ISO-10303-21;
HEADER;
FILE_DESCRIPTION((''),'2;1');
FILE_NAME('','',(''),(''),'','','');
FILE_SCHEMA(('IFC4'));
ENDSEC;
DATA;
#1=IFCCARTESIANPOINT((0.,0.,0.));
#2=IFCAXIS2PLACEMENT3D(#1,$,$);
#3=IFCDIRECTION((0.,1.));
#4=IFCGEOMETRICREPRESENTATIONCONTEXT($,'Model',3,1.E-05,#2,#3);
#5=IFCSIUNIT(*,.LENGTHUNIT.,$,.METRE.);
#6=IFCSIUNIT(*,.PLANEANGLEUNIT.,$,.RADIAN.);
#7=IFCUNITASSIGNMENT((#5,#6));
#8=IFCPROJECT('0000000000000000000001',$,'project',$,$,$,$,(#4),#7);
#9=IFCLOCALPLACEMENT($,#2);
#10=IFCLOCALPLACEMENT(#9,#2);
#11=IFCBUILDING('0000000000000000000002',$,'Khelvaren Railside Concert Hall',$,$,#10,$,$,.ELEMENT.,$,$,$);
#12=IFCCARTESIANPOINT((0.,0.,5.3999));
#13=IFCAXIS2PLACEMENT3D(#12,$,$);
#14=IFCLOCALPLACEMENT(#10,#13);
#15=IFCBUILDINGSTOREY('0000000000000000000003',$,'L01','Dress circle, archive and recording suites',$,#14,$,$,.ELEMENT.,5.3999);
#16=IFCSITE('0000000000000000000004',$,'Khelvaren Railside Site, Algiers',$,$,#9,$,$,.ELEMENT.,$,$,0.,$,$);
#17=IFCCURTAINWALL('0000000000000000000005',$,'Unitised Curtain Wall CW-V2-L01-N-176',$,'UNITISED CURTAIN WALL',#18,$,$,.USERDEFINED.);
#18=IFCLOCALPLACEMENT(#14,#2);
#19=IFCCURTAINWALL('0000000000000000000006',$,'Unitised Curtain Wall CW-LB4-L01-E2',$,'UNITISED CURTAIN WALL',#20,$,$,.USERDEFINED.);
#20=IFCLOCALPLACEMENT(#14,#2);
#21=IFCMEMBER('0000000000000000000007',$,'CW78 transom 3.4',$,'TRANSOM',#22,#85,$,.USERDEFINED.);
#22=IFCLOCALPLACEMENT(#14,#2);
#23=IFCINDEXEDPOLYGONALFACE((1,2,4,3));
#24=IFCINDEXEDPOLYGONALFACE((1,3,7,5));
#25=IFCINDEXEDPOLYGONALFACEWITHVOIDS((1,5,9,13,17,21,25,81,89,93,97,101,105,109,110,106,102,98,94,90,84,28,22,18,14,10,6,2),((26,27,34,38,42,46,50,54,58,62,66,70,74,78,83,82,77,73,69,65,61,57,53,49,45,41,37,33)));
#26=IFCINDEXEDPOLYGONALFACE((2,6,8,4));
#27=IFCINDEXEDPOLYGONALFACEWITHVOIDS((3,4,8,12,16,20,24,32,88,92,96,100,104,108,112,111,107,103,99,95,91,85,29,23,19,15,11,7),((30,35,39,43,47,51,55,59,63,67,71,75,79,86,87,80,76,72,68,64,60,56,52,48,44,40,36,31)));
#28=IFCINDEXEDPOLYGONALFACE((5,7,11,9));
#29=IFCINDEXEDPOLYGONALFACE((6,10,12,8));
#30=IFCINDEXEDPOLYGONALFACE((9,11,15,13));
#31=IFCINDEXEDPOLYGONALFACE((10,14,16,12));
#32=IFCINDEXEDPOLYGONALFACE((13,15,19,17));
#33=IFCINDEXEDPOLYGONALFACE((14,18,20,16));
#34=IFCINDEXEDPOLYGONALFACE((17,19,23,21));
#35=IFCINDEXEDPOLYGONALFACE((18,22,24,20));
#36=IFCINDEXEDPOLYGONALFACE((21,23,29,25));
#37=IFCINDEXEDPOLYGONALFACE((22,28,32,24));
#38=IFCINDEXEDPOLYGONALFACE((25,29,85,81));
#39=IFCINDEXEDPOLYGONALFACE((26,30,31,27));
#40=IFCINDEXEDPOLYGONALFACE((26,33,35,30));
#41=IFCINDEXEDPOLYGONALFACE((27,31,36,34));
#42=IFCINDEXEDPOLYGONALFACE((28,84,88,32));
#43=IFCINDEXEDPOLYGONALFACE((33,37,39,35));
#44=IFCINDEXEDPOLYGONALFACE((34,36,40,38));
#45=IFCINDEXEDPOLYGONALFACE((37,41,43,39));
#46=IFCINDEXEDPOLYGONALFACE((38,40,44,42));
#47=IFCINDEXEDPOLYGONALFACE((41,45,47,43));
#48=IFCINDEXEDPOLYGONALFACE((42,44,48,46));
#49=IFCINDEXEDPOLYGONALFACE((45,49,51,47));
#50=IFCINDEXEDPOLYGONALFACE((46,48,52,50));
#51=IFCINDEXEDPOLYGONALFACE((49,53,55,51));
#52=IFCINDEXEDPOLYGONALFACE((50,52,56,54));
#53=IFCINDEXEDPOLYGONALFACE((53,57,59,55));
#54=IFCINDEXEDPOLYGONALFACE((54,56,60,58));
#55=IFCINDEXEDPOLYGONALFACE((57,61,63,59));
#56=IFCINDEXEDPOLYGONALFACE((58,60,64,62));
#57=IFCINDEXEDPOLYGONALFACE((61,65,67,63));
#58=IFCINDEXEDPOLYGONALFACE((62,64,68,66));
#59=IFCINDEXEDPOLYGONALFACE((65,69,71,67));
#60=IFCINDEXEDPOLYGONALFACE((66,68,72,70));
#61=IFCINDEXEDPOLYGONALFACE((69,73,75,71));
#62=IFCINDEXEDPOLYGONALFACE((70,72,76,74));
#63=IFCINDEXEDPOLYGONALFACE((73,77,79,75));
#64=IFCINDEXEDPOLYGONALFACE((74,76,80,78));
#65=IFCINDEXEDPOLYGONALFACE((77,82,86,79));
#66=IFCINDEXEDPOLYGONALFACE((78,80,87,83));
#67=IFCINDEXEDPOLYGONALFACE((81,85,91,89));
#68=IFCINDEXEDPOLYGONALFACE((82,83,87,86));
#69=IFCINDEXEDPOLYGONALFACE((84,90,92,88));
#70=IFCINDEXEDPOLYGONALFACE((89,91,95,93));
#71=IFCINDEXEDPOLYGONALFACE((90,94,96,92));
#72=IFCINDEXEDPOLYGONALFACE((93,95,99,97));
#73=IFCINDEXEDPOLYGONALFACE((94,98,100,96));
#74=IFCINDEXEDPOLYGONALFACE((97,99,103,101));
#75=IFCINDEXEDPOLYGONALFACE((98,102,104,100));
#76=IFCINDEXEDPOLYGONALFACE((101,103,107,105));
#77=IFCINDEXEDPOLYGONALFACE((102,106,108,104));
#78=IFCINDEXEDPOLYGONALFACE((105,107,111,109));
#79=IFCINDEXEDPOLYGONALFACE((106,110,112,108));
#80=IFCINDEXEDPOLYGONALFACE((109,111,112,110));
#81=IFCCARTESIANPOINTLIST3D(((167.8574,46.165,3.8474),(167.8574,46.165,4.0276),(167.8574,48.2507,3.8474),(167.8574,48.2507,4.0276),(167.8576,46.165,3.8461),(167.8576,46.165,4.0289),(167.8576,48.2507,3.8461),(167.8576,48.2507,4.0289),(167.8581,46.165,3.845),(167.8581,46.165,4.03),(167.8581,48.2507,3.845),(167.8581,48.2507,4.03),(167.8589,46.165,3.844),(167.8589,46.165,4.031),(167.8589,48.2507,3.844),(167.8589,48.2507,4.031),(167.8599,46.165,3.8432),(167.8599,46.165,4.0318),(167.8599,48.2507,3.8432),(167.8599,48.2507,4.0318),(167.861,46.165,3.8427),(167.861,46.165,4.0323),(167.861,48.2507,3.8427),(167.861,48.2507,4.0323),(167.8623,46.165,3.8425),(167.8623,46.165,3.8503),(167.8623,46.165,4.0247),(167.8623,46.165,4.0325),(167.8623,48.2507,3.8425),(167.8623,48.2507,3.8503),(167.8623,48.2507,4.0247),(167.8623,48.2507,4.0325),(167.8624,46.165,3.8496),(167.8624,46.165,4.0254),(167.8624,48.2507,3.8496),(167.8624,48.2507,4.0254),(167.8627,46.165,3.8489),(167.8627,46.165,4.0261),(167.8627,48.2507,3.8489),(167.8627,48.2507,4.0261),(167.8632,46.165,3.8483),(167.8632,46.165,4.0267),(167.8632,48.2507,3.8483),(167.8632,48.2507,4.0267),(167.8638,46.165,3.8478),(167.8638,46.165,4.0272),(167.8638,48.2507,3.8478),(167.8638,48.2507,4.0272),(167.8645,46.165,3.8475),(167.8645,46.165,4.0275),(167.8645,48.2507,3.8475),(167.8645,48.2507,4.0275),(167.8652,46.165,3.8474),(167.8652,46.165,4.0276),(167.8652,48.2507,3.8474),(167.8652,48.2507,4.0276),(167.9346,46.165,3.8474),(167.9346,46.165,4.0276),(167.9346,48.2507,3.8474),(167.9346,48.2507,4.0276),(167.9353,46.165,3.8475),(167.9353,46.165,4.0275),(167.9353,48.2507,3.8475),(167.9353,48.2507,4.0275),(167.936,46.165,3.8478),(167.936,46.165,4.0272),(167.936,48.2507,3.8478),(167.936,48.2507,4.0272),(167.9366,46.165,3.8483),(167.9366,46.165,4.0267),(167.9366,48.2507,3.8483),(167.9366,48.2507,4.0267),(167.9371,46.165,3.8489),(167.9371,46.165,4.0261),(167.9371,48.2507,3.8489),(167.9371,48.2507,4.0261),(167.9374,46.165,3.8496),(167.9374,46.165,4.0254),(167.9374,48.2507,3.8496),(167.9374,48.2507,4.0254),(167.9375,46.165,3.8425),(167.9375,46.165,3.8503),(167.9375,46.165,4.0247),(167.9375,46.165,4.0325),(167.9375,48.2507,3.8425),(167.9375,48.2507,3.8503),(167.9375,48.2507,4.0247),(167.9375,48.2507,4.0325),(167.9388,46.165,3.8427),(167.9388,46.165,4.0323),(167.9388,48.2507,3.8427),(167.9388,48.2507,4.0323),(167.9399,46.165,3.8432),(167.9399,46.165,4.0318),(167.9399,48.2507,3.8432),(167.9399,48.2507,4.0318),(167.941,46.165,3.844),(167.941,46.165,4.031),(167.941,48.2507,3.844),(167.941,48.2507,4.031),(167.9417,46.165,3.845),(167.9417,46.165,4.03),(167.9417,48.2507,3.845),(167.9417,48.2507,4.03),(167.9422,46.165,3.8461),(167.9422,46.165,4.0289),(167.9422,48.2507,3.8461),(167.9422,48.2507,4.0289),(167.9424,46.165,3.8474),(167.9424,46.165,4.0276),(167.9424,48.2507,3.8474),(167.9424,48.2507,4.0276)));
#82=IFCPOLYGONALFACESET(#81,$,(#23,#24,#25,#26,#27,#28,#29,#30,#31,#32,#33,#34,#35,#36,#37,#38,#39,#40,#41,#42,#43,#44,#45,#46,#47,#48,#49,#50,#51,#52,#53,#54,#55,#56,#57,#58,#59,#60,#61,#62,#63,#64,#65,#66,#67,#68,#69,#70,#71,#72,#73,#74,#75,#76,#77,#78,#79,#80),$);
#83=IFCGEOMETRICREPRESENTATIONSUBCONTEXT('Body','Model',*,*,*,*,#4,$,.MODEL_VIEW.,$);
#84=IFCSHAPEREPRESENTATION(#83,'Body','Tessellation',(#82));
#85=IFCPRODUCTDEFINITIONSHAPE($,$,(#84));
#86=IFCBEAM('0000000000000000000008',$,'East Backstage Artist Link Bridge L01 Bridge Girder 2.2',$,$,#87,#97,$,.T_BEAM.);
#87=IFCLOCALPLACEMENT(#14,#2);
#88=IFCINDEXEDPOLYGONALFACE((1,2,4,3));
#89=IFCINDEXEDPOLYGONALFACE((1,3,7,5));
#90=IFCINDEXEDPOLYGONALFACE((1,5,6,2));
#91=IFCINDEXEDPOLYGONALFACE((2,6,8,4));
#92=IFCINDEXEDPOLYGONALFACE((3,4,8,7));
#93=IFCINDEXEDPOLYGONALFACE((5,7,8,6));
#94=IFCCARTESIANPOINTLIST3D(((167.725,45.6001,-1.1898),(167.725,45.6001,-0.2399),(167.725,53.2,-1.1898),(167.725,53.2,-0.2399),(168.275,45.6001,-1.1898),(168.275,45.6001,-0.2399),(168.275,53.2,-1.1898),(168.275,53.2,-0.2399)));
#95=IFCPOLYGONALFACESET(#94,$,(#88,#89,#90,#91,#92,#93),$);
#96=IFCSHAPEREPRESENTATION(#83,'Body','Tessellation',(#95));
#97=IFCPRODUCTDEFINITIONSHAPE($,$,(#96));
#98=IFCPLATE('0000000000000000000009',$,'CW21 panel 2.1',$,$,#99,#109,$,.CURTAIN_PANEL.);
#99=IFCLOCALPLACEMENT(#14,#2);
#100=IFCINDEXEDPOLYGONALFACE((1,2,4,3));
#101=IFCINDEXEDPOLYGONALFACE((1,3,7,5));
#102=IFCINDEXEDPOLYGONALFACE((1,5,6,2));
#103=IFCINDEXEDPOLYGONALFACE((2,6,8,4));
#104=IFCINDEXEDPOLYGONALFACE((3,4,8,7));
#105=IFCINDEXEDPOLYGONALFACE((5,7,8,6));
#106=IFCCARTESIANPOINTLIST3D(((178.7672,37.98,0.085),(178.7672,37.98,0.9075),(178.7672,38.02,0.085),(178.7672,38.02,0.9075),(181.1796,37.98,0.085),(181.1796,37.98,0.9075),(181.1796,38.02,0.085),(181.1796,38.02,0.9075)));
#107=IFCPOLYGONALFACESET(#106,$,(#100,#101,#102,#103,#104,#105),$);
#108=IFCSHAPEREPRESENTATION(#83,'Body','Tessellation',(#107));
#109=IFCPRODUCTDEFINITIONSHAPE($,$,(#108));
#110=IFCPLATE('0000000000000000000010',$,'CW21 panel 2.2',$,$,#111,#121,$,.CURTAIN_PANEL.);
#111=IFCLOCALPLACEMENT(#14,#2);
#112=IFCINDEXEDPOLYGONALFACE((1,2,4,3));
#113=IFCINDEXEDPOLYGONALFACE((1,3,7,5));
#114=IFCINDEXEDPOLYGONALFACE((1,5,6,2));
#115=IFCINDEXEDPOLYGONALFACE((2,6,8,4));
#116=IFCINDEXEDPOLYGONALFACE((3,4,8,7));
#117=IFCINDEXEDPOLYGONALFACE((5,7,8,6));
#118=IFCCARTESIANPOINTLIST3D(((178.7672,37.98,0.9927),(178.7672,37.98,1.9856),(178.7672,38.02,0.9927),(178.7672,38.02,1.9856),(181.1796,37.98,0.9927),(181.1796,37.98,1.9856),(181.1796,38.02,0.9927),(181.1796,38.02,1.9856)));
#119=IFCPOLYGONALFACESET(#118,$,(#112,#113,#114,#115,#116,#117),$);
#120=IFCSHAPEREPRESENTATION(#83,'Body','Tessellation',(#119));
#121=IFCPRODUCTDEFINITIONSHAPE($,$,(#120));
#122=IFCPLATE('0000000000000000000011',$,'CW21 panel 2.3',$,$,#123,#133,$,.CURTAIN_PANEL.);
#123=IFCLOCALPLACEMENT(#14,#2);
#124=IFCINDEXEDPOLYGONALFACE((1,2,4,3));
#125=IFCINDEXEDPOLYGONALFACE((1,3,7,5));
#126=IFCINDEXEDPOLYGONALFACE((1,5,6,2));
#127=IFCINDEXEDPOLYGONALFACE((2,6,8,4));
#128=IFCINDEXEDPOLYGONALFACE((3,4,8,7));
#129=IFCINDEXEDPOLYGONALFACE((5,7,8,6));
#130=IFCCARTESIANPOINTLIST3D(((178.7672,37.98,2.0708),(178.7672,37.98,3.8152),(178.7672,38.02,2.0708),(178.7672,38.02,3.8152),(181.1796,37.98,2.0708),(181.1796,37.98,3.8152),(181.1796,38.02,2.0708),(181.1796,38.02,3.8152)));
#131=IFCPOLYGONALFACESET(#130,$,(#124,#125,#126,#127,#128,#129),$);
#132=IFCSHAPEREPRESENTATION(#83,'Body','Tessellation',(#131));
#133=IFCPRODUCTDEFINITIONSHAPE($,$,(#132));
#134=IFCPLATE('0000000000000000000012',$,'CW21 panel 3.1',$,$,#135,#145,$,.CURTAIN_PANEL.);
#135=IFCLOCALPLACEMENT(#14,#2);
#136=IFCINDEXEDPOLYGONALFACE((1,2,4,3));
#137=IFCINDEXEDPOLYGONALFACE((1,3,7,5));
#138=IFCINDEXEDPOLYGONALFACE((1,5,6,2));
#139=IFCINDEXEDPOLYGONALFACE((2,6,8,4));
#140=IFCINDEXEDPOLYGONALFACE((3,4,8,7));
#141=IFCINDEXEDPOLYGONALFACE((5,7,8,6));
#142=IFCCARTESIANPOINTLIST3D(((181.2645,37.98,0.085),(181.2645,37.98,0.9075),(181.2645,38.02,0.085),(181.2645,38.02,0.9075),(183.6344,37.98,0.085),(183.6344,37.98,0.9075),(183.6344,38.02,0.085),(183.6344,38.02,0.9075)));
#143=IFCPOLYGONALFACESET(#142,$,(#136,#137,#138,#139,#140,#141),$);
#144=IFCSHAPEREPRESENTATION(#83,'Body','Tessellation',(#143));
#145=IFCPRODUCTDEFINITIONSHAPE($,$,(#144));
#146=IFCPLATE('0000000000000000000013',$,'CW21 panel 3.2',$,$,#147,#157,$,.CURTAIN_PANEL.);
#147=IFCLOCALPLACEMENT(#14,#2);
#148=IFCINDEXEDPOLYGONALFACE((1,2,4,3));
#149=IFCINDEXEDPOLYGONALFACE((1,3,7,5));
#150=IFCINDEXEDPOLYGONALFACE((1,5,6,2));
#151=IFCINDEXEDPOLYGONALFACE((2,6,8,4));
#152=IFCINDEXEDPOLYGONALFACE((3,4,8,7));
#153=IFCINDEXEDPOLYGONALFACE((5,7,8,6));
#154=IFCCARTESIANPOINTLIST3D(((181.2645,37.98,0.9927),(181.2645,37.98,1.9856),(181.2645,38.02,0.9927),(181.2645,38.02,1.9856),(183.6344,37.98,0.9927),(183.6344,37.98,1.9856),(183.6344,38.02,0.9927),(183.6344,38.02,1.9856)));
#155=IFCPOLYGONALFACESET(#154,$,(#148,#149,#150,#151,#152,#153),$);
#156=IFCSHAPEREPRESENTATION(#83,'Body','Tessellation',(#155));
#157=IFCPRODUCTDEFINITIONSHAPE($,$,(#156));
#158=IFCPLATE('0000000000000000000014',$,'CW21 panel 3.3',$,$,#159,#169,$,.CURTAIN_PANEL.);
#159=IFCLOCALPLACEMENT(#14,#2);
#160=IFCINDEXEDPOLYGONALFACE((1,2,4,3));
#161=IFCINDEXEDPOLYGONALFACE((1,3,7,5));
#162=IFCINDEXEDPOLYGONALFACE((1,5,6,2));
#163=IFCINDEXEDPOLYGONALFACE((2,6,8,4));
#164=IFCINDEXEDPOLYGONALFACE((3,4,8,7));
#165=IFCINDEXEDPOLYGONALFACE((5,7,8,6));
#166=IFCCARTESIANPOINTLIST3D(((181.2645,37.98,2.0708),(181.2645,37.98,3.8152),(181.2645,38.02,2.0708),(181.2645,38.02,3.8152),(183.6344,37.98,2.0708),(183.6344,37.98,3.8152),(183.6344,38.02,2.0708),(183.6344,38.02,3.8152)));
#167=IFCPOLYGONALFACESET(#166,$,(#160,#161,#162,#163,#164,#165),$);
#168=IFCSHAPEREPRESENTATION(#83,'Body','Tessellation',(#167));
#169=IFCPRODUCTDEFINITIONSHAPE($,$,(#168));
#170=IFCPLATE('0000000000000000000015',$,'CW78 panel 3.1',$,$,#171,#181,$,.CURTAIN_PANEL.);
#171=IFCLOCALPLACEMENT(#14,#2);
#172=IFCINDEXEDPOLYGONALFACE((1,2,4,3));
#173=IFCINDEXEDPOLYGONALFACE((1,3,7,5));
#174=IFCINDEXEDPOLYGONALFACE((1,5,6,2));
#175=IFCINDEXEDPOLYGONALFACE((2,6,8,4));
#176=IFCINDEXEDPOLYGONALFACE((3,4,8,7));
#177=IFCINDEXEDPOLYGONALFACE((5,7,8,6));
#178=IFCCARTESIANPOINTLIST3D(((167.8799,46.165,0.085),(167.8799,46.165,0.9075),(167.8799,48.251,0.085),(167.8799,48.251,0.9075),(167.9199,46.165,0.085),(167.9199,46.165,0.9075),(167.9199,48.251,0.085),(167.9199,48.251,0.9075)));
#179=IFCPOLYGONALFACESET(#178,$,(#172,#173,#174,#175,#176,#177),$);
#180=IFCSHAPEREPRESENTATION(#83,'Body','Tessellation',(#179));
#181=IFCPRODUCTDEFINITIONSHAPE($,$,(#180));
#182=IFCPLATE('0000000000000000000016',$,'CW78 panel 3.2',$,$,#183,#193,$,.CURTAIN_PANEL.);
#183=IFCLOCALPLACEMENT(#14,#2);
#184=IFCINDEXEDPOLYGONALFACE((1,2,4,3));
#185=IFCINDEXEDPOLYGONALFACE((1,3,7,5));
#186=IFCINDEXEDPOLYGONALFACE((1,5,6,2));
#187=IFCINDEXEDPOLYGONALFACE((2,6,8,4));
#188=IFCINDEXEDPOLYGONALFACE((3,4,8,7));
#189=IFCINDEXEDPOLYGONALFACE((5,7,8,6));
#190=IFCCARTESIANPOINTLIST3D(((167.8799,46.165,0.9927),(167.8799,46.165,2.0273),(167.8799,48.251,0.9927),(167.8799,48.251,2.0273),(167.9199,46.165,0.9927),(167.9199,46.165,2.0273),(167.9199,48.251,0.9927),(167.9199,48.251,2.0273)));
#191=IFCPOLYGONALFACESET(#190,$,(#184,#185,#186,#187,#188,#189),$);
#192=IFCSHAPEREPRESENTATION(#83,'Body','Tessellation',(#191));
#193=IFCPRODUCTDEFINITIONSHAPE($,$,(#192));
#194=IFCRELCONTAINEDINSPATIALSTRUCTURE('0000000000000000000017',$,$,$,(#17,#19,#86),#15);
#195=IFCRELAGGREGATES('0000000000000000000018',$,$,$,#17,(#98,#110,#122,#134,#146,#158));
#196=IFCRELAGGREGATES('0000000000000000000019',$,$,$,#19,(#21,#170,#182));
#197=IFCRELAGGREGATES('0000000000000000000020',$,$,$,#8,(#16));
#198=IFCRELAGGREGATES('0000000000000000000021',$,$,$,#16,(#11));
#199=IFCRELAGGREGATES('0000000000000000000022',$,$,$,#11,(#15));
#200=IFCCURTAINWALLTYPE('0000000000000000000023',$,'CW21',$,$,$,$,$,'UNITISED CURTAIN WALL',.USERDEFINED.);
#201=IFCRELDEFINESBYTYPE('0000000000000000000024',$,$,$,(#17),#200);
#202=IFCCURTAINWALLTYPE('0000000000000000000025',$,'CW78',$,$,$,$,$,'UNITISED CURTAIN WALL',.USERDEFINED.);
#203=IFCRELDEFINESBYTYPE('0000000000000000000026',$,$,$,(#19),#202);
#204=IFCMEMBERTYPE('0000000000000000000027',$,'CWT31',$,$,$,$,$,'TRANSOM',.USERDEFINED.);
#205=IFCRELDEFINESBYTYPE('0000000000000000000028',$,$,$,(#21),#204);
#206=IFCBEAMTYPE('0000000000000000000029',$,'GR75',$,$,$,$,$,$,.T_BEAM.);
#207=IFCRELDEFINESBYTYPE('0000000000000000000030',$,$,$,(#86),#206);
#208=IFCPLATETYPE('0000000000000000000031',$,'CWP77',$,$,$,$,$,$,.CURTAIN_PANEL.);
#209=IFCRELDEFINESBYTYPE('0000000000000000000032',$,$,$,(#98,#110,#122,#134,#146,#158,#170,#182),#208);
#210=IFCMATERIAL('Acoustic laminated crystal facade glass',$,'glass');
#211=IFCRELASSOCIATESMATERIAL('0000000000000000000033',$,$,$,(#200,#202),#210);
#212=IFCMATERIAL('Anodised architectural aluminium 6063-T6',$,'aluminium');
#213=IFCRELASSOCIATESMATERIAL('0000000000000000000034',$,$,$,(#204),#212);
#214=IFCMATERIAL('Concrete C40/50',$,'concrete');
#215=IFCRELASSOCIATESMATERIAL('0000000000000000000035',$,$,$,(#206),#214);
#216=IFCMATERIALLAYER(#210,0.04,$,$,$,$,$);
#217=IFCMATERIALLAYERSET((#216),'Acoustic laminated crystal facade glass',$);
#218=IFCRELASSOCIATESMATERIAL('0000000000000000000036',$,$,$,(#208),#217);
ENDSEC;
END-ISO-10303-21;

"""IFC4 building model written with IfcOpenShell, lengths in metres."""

from ifc_helpers import new_model, si_unit, direction, frame, origin, origin_2d, place, context, subcontext, project, spatial, rectangle, hollow_rectangle, extrude, material, layer, layer_set, material_profile, profile_set, type_object, element, aggregate, save


model = new_model("IFC4")

# Units and contexts
model_context = context("Model", 3, precision=1e-05, world=origin(), true_north=direction((0.0, 1.0)))
body_context = subcontext(model_context, "Body", "Model", "MODEL_VIEW")
ifc_project = project(units=[si_unit("LENGTHUNIT", "METRE"), si_unit("PLANEANGLEUNIT", "RADIAN")], contexts=[model_context])

# Site, building, storey
site_placement = place(None, origin())
site = spatial("IfcSite", under=ifc_project, at=site_placement, Name="Khelvaren Railside Site, Algiers", CompositionType="ELEMENT", RefElevation=0.0)
building_placement = place(site_placement, origin())
building = spatial("IfcBuilding", under=site, at=building_placement, Name="Khelvaren Railside Concert Hall", CompositionType="ELEMENT")
storey_placement = place(building_placement, frame((0.0, 0.0, 5.3999)))
storey = spatial("IfcBuildingStorey", under=building, at=storey_placement, Name="L01", Description="Dress circle, archive and recording suites", CompositionType="ELEMENT", Elevation=5.3999)

# Curtain wall
ifc_material_1 = material(Name="Acoustic laminated crystal facade glass", Category="glass")
curtain_wall_type_1 = type_object("IfcCurtainWallType", Name="CW21", ElementType="UNITISED CURTAIN WALL", PredefinedType="USERDEFINED", material=ifc_material_1)
curtain_wall_1_placement = place(storey_placement, origin())
curtain_wall_1 = element("IfcCurtainWall", 1, at=curtain_wall_1_placement, inside=storey, type_object=curtain_wall_type_1, Name="Unitised Curtain Wall CW-V2-L01-N-176", ObjectType="UNITISED CURTAIN WALL", PredefinedType="USERDEFINED")
ifc_material_2 = material(Name="Anodised architectural aluminium 6063-T6", Category="aluminium")

# Curtain wall
curtain_wall_type_2 = type_object("IfcCurtainWallType", Name="CW78", ElementType="UNITISED CURTAIN WALL", PredefinedType="USERDEFINED", material=ifc_material_1)
curtain_wall_2_placement = place(storey_placement, origin())
curtain_wall_2 = element("IfcCurtainWall", 2, at=curtain_wall_2_placement, inside=storey, type_object=curtain_wall_type_2, Name="Unitised Curtain Wall CW-LB4-L01-E2", ObjectType="UNITISED CURTAIN WALL", PredefinedType="USERDEFINED")

# Member
ifc_material_profile_1 = material_profile(ifc_material_2, hollow_rectangle(XDim=0.085, YDim=0.1899, WallThickness=0.0049, InnerFilletRadius=0.0029, OuterFilletRadius=0.0049, at=origin_2d()), Name="CWT 85x190x5")
ifc_profile_set_1 = profile_set([ifc_material_profile_1], Name="Anodised architectural aluminium 6063-T6")
member_type_1 = type_object("IfcMemberType", Name="CWT31", ElementType="TRANSOM", PredefinedType="USERDEFINED", material=ifc_profile_set_1)
member_1_placement = place(storey_placement, frame((167.8999, 48.2507, 3.9375), z_axis=(0.0, -1.0, 0.0), x_axis=(1.0, 0.0, 0.0)))
member_1 = element("IfcMember", 3, at=member_1_placement, type_object=member_type_1, Name="CW78 transom 3.4", ObjectType="TRANSOM", PredefinedType="USERDEFINED", context=body_context, shape_type="SweptSolid", body=[
    extrude(hollow_rectangle(XDim=0.085, YDim=0.1899, WallThickness=0.0049, InnerFilletRadius=0.0029, OuterFilletRadius=0.0049, at=origin_2d()), origin(), (0.0, 0.0, 1.0), 2.0857),
])

# Beam
ifc_material_3 = material(Name="Concrete C40/50", Category="concrete")
ifc_material_profile_2 = material_profile(ifc_material_3, rectangle(XDim=0.55, YDim=0.95, at=origin_2d()), Name="RCB 550x950")
ifc_profile_set_2 = profile_set([ifc_material_profile_2], Name="Concrete C40/50")
beam_type = type_object("IfcBeamType", Name="GR75", PredefinedType="T_BEAM", material=ifc_profile_set_2)
beam_placement = place(storey_placement, frame((168.0, 45.6001, -0.7148), z_axis=(0.0, 1.0, 0.0), x_axis=(-1.0, 0.0, 0.0)))
element("IfcBeam", 4, at=beam_placement, inside=storey, type_object=beam_type, Name="East Backstage Artist Link Bridge L01 Bridge Girder 2.2", PredefinedType="T_BEAM", context=body_context, shape_type="SweptSolid", body=[
    extrude(rectangle(XDim=0.55, YDim=0.95, at=origin_2d()), origin(), (0.0, 0.0, 1.0), 7.5999),
])

# Plates
ifc_layer = layer(ifc_material_1, 0.04)
ifc_layer_set = layer_set([ifc_layer], Name="Acoustic laminated crystal facade glass")
plate_type = type_object("IfcPlateType", Name="CWP77", PredefinedType="CURTAIN_PANEL", material=ifc_layer_set)
plate_1_placement = place(storey_placement, frame((179.9734, 38.0, 0.085), z_axis=(0.0, 0.0, 1.0), x_axis=(1.0, 0.0, 0.0)))
plate_1 = element("IfcPlate", 5, at=plate_1_placement, type_object=plate_type, Name="CW21 panel 2.1", PredefinedType="CURTAIN_PANEL", context=body_context, shape_type="SweptSolid", body=[
    extrude(rectangle(XDim=2.4124, YDim=0.04, at=origin_2d()), origin(), (0.0, 0.0, 1.0), 0.8225),
])
plate_2_placement = place(storey_placement, frame((179.9734, 38.0, 0.9927), z_axis=(0.0, 0.0, 1.0), x_axis=(1.0, 0.0, 0.0)))
plate_2 = element("IfcPlate", 6, at=plate_2_placement, type_object=plate_type, Name="CW21 panel 2.2", PredefinedType="CURTAIN_PANEL", context=body_context, shape_type="SweptSolid", body=[
    extrude(rectangle(XDim=2.4124, YDim=0.04, at=origin_2d()), origin(), (0.0, 0.0, 1.0), 0.9929),
])
plate_3_placement = place(storey_placement, frame((179.9734, 38.0, 2.0708), z_axis=(0.0, 0.0, 1.0), x_axis=(1.0, 0.0, 0.0)))
plate_3 = element("IfcPlate", 7, at=plate_3_placement, type_object=plate_type, Name="CW21 panel 2.3", PredefinedType="CURTAIN_PANEL", context=body_context, shape_type="SweptSolid", body=[
    extrude(rectangle(XDim=2.4124, YDim=0.04, at=origin_2d()), origin(), (0.0, 0.0, 1.0), 1.7444),
])
plate_4_placement = place(storey_placement, frame((182.4495, 38.0, 0.085), z_axis=(0.0, 0.0, 1.0), x_axis=(1.0, 0.0, 0.0)))
plate_4 = element("IfcPlate", 8, at=plate_4_placement, type_object=plate_type, Name="CW21 panel 3.1", PredefinedType="CURTAIN_PANEL", context=body_context, shape_type="SweptSolid", body=[
    extrude(rectangle(XDim=2.3699, YDim=0.04, at=origin_2d()), origin(), (0.0, 0.0, 1.0), 0.8225),
])
plate_5_placement = place(storey_placement, frame((182.4495, 38.0, 0.9927), z_axis=(0.0, 0.0, 1.0), x_axis=(1.0, 0.0, 0.0)))
plate_5 = element("IfcPlate", 9, at=plate_5_placement, type_object=plate_type, Name="CW21 panel 3.2", PredefinedType="CURTAIN_PANEL", context=body_context, shape_type="SweptSolid", body=[
    extrude(rectangle(XDim=2.3699, YDim=0.04, at=origin_2d()), origin(), (0.0, 0.0, 1.0), 0.9929),
])
plate_6_placement = place(storey_placement, frame((182.4495, 38.0, 2.0708), z_axis=(0.0, 0.0, 1.0), x_axis=(1.0, 0.0, 0.0)))
plate_6 = element("IfcPlate", 10, at=plate_6_placement, type_object=plate_type, Name="CW21 panel 3.3", PredefinedType="CURTAIN_PANEL", context=body_context, shape_type="SweptSolid", body=[
    extrude(rectangle(XDim=2.3699, YDim=0.04, at=origin_2d()), origin(), (0.0, 0.0, 1.0), 1.7444),
])
aggregate(curtain_wall_1, [plate_1, plate_2, plate_3, plate_4, plate_5, plate_6])
plate_7_placement = place(storey_placement, frame((167.8999, 47.208, 0.085), z_axis=(0.0, 0.0, 1.0), x_axis=(0.0, -1.0, 0.0)))
plate_7 = element("IfcPlate", 11, at=plate_7_placement, type_object=plate_type, Name="CW78 panel 3.1", PredefinedType="CURTAIN_PANEL", context=body_context, shape_type="SweptSolid", body=[
    extrude(rectangle(XDim=2.0859, YDim=0.04, at=origin_2d()), origin(), (0.0, 0.0, 1.0), 0.8225),
])
plate_8_placement = place(storey_placement, frame((167.8999, 47.208, 0.9927), z_axis=(0.0, 0.0, 1.0), x_axis=(0.0, -1.0, 0.0)))
plate_8 = element("IfcPlate", 12, at=plate_8_placement, type_object=plate_type, Name="CW78 panel 3.2", PredefinedType="CURTAIN_PANEL", context=body_context, shape_type="SweptSolid", body=[
    extrude(rectangle(XDim=2.0859, YDim=0.04, at=origin_2d()), origin(), (0.0, 0.0, 1.0), 1.0347),
])
aggregate(curtain_wall_2, [member_1, plate_7, plate_8])

save(model, "model.ifc")
